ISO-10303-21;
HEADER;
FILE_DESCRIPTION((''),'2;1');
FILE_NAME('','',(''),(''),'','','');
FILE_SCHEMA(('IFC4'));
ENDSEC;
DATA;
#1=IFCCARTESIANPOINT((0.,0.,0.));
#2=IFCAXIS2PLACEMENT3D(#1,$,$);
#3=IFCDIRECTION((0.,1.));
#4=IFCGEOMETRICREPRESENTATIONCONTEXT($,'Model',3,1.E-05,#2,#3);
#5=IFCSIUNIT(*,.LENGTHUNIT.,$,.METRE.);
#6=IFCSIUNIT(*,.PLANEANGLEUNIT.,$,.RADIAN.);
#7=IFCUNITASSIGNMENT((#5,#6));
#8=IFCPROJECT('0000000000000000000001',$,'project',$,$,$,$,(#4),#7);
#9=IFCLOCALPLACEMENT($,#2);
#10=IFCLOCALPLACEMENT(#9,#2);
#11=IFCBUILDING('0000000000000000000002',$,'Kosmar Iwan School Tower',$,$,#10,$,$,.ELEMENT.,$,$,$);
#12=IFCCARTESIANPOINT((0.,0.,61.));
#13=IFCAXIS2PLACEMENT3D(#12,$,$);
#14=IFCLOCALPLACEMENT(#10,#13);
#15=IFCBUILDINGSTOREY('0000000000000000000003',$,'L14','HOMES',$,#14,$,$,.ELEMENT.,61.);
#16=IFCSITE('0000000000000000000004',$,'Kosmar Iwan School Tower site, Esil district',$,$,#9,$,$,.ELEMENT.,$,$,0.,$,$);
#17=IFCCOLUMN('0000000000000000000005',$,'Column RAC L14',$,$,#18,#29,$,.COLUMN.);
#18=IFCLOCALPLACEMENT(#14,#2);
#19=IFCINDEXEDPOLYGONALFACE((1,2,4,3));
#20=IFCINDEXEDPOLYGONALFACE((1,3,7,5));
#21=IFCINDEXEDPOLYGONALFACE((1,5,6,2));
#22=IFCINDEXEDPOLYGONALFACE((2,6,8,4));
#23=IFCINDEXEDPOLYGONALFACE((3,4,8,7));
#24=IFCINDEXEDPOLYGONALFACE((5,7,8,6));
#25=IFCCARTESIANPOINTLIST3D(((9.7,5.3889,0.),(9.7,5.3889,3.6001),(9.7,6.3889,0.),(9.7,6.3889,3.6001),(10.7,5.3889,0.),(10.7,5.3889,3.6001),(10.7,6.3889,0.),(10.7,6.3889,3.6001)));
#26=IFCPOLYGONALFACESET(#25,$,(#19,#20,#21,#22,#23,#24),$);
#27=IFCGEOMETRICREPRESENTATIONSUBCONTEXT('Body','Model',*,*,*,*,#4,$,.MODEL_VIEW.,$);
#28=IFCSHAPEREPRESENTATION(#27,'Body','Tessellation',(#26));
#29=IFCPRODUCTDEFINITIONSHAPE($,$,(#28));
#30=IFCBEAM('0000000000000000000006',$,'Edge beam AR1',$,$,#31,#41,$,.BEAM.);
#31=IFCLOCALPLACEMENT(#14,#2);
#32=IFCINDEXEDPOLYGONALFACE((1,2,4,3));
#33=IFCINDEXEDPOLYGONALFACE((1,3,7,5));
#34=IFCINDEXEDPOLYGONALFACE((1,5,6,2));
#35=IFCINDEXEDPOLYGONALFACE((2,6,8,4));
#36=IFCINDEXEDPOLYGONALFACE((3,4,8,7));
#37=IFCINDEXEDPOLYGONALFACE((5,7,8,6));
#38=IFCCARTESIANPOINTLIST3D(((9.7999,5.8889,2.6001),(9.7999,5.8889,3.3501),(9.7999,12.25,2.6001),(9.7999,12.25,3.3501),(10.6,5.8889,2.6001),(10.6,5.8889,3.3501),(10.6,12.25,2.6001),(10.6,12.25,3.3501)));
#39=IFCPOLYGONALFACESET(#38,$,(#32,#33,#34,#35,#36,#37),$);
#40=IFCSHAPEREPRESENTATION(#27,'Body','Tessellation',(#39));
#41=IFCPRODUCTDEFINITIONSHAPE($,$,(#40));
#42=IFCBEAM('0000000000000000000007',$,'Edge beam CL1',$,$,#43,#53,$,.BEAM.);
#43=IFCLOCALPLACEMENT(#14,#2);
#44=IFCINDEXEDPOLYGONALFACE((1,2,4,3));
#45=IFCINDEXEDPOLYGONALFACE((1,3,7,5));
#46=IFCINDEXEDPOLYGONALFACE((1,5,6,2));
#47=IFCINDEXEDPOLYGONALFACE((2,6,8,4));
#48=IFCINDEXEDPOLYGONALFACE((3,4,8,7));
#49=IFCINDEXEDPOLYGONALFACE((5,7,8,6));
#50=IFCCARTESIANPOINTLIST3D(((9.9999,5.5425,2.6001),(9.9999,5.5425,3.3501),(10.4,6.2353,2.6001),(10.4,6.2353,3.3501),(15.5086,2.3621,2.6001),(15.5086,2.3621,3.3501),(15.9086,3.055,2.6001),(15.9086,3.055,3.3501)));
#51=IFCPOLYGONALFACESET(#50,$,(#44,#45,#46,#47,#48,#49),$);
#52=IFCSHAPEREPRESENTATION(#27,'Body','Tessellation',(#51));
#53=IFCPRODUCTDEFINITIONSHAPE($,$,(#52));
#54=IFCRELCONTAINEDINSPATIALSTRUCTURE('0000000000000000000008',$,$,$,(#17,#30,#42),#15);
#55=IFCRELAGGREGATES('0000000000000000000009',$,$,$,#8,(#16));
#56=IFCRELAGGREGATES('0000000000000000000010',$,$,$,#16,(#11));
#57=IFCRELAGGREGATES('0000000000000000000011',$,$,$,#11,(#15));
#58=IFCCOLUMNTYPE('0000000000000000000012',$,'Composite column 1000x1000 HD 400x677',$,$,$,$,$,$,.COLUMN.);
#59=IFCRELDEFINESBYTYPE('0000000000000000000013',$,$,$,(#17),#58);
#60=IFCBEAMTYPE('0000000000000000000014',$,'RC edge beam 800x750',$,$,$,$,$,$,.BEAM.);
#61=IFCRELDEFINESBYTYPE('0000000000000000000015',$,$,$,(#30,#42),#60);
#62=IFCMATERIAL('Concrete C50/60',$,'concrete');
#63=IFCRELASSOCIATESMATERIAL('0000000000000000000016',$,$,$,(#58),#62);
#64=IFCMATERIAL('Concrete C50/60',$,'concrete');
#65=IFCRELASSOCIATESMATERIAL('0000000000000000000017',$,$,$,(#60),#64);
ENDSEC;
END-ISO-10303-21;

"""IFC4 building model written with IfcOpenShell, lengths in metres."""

from ifc_helpers import new_model, si_unit, direction, frame, origin, origin_2d, place, context, subcontext, project, spatial, rectangle, extrude, material, material_profile, profile_set, type_object, element, save


model = new_model("IFC4")

# Units and contexts
model_context = context("Model", 3, precision=1e-05, world=origin(), true_north=direction((0.0, 1.0)))
body_context = subcontext(model_context, "Body", "Model", "MODEL_VIEW")
ifc_project = project(units=[si_unit("LENGTHUNIT", "METRE"), si_unit("PLANEANGLEUNIT", "RADIAN")], contexts=[model_context])

# Site, building, storey
site_placement = place(None, origin())
site = spatial("IfcSite", under=ifc_project, at=site_placement, Name="Kosmar Iwan School Tower site, Esil district", CompositionType="ELEMENT", RefElevation=0.0)
building_placement = place(site_placement, origin())
building = spatial("IfcBuilding", under=site, at=building_placement, Name="Kosmar Iwan School Tower", CompositionType="ELEMENT")
storey_placement = place(building_placement, frame((0.0, 0.0, 61.0)))
storey = spatial("IfcBuildingStorey", under=building, at=storey_placement, Name="L14", Description="HOMES", CompositionType="ELEMENT", Elevation=61.0)

# Column
ifc_material_1 = material(Name="Concrete C50/60", Category="concrete")
ifc_material_profile_1 = material_profile(ifc_material_1, rectangle(XDim=1.0, YDim=1.0, at=origin_2d()), Name="RC 1000x1000 + HD 400x677")
ifc_profile_set_1 = profile_set([ifc_material_profile_1], Name="Concrete C50/60")
column_type = type_object("IfcColumnType", Name="Composite column 1000x1000 HD 400x677", PredefinedType="COLUMN", material=ifc_profile_set_1)
column_placement = place(storey_placement, frame((10.2, 5.8889, 0.0), z_axis=(0.0, 0.0, 1.0), x_axis=(1.0, 0.0, 0.0)))
element("IfcColumn", 1, at=column_placement, inside=storey, type_object=column_type, Name="Column RAC L14", PredefinedType="COLUMN", context=body_context, shape_type="SweptSolid", body=[
    extrude(rectangle(XDim=1.0, YDim=1.0, at=origin_2d()), origin(), (0.0, 0.0, 1.0), 3.6001),
])

# Beams
ifc_material_2 = material(Name="Concrete C50/60", Category="concrete")
ifc_material_profile_2 = material_profile(ifc_material_2, rectangle(XDim=0.8, YDim=0.75, at=origin_2d()), Name="RC 800x750")
ifc_profile_set_2 = profile_set([ifc_material_profile_2], Name="Concrete C50/60")
beam_type = type_object("IfcBeamType", Name="RC edge beam 800x750", PredefinedType="BEAM", material=ifc_profile_set_2)
beam_1_placement = place(storey_placement, frame((10.2, 5.8889, 2.9751), z_axis=(0.0, 1.0, 0.0), x_axis=(-1.0, 0.0, 0.0)))
element("IfcBeam", 2, at=beam_1_placement, inside=storey, type_object=beam_type, Name="Edge beam AR1", PredefinedType="BEAM", context=body_context, shape_type="SweptSolid", body=[
    extrude(rectangle(XDim=0.8, YDim=0.75, at=origin_2d()), origin(), (0.0, 0.0, 1.0), 6.3611),
])
beam_2_placement = place(storey_placement, frame((10.2, 5.8889, 2.9751), z_axis=(0.866031, -0.49999, 0.0), x_axis=(0.49999, 0.866031, 0.0)))
element("IfcBeam", 3, at=beam_2_placement, inside=storey, type_object=beam_type, Name="Edge beam CL1", PredefinedType="BEAM", context=body_context, shape_type="SweptSolid", body=[
    extrude(rectangle(XDim=0.8, YDim=0.75, at=origin_2d()), origin(), (0.0, 0.0, 1.0), 6.3608),
])

save(model, "model.ifc")
